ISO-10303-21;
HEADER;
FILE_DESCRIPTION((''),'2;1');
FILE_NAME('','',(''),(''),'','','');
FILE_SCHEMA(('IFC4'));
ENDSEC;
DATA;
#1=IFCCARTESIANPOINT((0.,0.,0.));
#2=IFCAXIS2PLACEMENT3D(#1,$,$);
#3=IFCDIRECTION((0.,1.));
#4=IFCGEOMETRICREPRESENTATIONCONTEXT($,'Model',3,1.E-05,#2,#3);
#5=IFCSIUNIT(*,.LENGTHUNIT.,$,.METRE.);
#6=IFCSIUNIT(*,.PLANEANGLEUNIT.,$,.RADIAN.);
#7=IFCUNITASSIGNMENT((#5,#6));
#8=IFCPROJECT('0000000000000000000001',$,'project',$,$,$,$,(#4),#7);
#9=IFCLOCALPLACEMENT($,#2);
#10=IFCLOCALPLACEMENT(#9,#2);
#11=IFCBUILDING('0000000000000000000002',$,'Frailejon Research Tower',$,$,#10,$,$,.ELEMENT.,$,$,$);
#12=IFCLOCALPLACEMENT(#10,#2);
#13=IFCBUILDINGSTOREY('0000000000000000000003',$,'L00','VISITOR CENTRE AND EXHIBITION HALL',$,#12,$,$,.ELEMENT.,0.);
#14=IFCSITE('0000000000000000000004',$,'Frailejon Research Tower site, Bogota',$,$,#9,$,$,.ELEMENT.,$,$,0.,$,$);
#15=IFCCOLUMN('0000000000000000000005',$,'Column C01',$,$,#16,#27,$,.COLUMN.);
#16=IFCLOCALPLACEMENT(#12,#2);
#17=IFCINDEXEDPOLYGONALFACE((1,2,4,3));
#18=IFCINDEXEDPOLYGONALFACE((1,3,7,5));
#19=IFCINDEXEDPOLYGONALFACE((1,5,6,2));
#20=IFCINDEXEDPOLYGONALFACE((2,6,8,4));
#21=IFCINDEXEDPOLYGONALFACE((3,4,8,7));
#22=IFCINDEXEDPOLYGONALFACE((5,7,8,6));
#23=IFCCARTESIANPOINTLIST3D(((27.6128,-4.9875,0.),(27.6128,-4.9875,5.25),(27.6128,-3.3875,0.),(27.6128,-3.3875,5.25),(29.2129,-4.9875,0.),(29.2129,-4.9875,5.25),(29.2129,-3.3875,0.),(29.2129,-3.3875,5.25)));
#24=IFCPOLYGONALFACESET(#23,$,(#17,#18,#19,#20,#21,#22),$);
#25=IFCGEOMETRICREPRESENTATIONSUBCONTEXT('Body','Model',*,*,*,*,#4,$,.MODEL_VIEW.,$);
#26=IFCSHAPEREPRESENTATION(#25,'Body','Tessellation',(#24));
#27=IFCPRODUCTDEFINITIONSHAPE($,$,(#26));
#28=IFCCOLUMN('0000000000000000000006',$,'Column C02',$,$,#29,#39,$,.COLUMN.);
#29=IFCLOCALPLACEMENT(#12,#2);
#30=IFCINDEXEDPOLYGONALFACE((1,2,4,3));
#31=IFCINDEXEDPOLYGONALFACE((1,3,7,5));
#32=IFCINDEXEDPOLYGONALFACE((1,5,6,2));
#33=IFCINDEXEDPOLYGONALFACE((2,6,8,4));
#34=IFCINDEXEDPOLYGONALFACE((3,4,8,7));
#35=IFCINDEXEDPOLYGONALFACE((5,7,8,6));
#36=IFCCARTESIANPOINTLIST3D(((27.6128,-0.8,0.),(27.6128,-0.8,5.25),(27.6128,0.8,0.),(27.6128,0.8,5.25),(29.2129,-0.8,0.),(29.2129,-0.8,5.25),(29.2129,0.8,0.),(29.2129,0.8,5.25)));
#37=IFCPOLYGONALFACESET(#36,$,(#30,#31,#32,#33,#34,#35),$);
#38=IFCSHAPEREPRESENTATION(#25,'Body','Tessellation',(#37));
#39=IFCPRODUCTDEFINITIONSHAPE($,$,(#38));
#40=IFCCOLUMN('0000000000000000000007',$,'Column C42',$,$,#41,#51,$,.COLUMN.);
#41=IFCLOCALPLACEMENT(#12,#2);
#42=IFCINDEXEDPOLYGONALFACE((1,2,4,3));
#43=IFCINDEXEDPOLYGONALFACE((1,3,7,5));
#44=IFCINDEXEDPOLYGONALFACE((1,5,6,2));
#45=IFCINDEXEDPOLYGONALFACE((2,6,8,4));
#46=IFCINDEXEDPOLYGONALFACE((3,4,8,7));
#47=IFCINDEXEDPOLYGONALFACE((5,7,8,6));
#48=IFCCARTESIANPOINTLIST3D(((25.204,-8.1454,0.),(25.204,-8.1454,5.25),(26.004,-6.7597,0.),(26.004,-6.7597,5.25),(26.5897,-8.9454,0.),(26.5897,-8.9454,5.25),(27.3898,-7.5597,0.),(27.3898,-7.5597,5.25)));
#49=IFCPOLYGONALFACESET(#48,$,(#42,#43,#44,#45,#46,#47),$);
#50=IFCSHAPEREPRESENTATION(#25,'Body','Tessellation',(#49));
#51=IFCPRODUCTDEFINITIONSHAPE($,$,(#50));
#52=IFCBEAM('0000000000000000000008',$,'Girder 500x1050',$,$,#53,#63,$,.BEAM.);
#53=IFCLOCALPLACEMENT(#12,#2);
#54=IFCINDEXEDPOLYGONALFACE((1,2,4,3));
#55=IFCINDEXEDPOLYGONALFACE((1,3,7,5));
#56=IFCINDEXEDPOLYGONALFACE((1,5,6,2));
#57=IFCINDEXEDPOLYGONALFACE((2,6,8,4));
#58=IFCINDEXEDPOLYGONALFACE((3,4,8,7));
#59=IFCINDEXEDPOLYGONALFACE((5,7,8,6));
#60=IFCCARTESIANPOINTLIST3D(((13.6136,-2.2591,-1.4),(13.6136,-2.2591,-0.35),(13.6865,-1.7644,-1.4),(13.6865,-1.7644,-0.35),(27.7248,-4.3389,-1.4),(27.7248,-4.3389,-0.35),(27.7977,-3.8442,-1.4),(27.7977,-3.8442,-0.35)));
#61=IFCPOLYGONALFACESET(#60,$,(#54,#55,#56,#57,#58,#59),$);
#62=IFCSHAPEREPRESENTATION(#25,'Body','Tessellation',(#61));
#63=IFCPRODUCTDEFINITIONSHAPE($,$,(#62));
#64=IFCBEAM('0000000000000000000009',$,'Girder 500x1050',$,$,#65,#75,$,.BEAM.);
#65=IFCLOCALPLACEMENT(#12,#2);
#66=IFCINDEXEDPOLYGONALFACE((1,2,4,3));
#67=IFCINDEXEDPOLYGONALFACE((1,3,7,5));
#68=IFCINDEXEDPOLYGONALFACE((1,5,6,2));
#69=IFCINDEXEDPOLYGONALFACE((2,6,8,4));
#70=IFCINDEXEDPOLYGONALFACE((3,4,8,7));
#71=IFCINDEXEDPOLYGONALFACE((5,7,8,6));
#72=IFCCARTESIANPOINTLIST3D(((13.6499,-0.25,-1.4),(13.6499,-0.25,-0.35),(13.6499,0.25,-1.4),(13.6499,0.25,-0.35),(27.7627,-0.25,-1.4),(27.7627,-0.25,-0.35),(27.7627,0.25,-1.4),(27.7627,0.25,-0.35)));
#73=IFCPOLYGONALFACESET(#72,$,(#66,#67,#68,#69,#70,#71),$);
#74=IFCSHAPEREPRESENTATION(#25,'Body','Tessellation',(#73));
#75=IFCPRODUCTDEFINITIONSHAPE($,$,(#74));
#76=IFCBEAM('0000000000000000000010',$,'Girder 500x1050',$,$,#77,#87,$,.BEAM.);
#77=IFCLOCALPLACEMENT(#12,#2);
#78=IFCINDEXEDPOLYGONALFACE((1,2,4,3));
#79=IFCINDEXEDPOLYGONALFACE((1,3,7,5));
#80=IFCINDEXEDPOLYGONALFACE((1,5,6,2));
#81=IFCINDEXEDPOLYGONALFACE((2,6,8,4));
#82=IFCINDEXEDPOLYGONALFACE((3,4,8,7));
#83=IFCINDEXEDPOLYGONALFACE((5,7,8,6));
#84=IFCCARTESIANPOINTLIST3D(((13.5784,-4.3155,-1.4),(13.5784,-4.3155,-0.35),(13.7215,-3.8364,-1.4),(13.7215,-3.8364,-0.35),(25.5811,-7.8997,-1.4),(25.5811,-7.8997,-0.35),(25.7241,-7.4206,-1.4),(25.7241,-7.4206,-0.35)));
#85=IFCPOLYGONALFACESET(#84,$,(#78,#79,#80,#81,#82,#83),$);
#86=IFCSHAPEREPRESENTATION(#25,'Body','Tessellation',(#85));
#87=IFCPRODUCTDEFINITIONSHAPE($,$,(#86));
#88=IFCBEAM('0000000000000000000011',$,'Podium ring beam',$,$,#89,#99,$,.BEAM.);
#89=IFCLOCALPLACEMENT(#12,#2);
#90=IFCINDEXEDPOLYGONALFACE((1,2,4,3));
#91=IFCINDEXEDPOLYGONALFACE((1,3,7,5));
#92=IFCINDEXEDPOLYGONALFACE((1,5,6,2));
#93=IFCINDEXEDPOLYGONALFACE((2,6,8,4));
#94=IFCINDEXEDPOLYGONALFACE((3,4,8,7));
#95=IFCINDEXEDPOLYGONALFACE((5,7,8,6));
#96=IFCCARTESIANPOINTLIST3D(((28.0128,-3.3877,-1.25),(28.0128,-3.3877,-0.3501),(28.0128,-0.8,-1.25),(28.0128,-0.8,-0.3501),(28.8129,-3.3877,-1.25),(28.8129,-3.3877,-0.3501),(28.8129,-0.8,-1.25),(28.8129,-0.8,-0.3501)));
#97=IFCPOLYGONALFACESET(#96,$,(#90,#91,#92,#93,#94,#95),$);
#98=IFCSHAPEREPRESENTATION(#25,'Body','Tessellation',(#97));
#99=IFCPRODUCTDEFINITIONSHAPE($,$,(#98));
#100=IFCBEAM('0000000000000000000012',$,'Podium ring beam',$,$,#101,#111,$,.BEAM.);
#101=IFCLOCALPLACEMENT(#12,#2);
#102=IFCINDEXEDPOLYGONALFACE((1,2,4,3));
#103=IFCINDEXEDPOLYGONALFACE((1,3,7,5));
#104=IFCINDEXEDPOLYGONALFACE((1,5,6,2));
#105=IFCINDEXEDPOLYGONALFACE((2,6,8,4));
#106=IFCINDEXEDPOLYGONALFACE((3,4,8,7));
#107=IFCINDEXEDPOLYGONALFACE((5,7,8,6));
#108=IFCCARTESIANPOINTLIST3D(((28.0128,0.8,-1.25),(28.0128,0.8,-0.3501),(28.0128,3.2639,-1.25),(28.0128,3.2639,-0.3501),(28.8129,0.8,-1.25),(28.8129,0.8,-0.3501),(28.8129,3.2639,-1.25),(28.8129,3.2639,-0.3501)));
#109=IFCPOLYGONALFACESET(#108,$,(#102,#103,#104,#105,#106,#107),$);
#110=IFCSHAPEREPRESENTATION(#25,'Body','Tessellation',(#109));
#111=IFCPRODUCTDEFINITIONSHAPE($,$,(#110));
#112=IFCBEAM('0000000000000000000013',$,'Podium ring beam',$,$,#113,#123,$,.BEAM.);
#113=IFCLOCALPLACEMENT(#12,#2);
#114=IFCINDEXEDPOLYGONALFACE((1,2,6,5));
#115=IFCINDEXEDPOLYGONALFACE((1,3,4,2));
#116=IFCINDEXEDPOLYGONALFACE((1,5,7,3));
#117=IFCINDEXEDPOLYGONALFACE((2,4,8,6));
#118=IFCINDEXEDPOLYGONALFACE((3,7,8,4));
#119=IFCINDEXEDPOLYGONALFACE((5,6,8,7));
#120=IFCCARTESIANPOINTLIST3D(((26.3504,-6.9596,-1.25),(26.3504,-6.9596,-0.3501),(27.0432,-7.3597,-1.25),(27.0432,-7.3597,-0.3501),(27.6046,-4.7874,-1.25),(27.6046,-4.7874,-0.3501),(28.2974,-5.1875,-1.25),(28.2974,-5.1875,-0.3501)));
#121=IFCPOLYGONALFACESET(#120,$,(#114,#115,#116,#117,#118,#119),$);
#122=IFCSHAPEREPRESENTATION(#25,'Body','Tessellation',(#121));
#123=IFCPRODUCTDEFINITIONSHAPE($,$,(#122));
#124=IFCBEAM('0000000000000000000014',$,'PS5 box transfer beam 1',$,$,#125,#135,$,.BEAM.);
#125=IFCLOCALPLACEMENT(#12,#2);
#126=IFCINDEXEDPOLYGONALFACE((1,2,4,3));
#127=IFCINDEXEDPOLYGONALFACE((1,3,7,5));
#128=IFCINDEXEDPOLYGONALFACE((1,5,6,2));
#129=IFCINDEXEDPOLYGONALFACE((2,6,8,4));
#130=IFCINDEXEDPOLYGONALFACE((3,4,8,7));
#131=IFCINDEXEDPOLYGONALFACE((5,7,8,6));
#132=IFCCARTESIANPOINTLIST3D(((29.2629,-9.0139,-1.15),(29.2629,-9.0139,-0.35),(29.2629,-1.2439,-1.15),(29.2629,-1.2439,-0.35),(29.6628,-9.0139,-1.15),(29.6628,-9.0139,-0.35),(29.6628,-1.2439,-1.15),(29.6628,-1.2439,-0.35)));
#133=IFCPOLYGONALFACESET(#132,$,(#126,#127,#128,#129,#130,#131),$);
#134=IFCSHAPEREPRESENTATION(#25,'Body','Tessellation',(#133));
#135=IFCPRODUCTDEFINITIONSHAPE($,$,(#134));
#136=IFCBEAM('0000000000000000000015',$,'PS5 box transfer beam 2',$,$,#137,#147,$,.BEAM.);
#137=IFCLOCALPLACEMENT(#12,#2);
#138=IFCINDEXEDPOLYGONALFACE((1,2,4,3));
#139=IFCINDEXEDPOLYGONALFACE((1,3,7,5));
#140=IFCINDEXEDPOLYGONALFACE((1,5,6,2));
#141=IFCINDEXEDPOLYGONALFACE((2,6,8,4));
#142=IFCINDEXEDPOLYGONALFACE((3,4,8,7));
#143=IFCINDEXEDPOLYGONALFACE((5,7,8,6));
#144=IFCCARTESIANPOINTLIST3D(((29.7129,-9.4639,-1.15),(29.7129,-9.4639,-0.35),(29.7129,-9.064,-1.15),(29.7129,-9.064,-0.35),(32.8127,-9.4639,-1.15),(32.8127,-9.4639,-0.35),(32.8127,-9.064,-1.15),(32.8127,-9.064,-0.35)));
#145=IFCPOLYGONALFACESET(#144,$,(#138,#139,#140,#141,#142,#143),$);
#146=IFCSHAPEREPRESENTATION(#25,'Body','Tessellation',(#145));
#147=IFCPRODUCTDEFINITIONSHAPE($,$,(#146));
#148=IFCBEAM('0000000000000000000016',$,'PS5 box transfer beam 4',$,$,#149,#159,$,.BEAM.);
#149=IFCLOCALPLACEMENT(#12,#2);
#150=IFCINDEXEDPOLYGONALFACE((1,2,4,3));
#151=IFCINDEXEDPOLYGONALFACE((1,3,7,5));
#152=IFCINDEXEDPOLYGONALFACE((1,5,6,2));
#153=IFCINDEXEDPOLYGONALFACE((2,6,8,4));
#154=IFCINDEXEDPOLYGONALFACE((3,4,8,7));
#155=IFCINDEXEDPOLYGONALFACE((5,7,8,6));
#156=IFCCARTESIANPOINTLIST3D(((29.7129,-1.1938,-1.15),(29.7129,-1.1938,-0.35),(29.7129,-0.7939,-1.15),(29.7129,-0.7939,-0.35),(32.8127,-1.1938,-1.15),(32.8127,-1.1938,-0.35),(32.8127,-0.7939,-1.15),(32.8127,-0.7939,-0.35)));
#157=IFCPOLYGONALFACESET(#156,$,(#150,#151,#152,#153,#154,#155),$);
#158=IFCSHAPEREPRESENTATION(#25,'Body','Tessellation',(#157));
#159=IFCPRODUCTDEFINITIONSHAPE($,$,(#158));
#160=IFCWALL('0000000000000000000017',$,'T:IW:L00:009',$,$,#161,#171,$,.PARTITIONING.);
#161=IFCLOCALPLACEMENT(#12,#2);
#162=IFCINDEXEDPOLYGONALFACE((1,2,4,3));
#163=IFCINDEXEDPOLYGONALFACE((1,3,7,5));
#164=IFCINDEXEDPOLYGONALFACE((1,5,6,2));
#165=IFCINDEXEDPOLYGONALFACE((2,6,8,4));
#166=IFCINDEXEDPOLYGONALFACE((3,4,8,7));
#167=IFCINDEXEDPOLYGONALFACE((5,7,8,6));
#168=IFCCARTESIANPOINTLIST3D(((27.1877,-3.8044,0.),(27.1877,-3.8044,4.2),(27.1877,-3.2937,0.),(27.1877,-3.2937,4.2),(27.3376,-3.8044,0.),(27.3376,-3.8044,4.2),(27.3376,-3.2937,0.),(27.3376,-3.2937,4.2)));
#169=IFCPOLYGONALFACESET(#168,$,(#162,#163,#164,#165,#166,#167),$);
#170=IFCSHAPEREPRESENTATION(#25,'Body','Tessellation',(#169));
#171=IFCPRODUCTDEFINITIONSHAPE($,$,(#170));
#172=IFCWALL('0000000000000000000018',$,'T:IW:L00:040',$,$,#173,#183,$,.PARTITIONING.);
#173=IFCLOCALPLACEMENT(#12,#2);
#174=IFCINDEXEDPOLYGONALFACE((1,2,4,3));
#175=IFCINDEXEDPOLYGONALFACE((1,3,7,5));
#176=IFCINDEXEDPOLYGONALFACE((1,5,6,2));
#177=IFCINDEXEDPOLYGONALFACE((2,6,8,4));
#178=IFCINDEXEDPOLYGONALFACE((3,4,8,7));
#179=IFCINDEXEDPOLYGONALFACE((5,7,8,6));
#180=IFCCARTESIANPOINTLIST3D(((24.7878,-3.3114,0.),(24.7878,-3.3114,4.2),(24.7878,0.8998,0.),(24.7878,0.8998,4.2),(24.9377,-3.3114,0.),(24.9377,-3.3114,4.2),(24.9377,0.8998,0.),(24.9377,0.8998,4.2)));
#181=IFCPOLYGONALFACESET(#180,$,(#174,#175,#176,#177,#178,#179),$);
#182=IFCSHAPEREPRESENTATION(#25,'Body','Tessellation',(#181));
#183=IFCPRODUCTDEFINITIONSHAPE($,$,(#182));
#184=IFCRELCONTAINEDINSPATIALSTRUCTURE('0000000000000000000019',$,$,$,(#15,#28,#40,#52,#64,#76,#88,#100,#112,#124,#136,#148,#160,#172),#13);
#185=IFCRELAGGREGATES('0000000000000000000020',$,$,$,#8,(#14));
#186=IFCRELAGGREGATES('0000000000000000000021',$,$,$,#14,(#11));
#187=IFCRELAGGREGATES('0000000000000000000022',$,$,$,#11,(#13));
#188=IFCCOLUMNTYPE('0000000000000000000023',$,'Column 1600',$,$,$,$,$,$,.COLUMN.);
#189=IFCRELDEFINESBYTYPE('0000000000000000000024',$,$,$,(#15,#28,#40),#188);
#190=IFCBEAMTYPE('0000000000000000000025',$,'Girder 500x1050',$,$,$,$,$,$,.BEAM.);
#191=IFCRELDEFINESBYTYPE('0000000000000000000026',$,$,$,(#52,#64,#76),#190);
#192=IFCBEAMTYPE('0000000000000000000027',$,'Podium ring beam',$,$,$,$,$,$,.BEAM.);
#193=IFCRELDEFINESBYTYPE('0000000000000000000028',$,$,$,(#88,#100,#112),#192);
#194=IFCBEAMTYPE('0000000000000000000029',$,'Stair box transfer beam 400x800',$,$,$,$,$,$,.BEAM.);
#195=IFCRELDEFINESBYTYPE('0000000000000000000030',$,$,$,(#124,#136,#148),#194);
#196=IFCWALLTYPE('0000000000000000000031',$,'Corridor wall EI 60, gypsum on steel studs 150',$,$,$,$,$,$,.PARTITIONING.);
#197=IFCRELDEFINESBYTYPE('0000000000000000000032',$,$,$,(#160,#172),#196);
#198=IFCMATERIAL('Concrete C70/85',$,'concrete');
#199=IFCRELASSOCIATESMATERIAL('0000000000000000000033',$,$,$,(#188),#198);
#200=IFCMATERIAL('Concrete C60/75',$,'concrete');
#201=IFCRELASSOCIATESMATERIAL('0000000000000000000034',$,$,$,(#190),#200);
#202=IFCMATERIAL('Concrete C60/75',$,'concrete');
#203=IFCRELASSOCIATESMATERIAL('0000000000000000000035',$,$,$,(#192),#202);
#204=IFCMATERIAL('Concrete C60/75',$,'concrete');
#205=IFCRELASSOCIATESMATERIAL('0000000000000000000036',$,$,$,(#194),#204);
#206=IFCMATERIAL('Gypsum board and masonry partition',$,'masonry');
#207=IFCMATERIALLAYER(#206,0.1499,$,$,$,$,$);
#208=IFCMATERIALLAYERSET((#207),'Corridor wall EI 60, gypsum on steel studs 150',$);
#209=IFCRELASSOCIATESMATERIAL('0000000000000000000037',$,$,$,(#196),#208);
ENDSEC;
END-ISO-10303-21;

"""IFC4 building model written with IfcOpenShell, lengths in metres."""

from ifc_helpers import new_model, si_unit, direction, frame, frame_2d, origin, origin_2d, place, context, subcontext, project, spatial, rectangle, extrude, material, layer, layer_set, material_profile, profile_set, type_object, element, save


model = new_model("IFC4")

# Units and contexts
model_context = context("Model", 3, precision=1e-05, world=origin(), true_north=direction((0.0, 1.0)))
body_context = subcontext(model_context, "Body", "Model", "MODEL_VIEW")
ifc_project = project(units=[si_unit("LENGTHUNIT", "METRE"), si_unit("PLANEANGLEUNIT", "RADIAN")], contexts=[model_context])

# Site, building, storey
site_placement = place(None, origin())
site = spatial("IfcSite", under=ifc_project, at=site_placement, Name="Frailejon Research Tower site, Bogota", CompositionType="ELEMENT", RefElevation=0.0)
building_placement = place(site_placement, origin())
building = spatial("IfcBuilding", under=site, at=building_placement, Name="Frailejon Research Tower", CompositionType="ELEMENT")
storey_placement = place(building_placement, origin())
storey = spatial("IfcBuildingStorey", under=building, at=storey_placement, Name="L00", Description="VISITOR CENTRE AND EXHIBITION HALL", CompositionType="ELEMENT", Elevation=0.0)

# Columns
ifc_material_1 = material(Name="Concrete C70/85", Category="concrete")
ifc_material_profile_1 = material_profile(ifc_material_1, rectangle(XDim=1.6001, YDim=1.6001, at=origin_2d()), Name="Column 1600")
ifc_profile_set_1 = profile_set([ifc_material_profile_1], Name="Concrete C70/85")
column_type = type_object("IfcColumnType", Name="Column 1600", PredefinedType="COLUMN", material=ifc_profile_set_1)
for number, where, z_axis, x_axis, name in (
    (1, (28.4128, -4.1875, 0.0), (0.0, 0.0, 1.0), (0.0, 1.0, 0.0), "Column C01"),
    (2, (28.4128, 0.0, 0.0), (0.0, 0.0, 1.0), (0.0, 1.0, 0.0), "Column C02"),
    (3, (26.2969, -7.8525, 0.0), (0.0, 0.0, 1.0), (0.5, 0.866025, 0.0), "Column C42"),
):
    element("IfcColumn", number, at=place(storey_placement, frame(where, z_axis=z_axis, x_axis=x_axis)), inside=storey, type_object=column_type, Name=name, PredefinedType="COLUMN", context=body_context, shape_type="SweptSolid", body=[
        extrude(rectangle(XDim=1.6001, YDim=1.6001, at=origin_2d()), origin(), (0.0, 0.0, 1.0), 5.25),
    ])

# Beams
ifc_material_2 = material(Name="Concrete C60/75", Category="concrete")
ifc_material_profile_2 = material_profile(ifc_material_2, rectangle(XDim=0.5, YDim=1.05, at=origin_2d()), Name="Girder 500x1050")
ifc_profile_set_2 = profile_set([ifc_material_profile_2], Name="Concrete C60/75")
beam_type_1 = type_object("IfcBeamType", Name="Girder 500x1050", PredefinedType="BEAM", material=ifc_profile_set_2)
beam_1_placement = place(storey_placement, frame((27.7612, -4.0916, -0.875), z_axis=(-0.989312, 0.145812, 0.0), x_axis=(-0.145812, -0.989312, 0.0)))
element("IfcBeam", 4, at=beam_1_placement, inside=storey, type_object=beam_type_1, Name="Girder 500x1050", PredefinedType="BEAM", context=body_context, shape_type="SweptSolid", body=[
    extrude(rectangle(XDim=0.5, YDim=1.05, at=origin_2d()), origin(), (0.0, 0.0, 1.0), 14.2637),
])
beam_2_placement = place(storey_placement, frame((27.7627, 0.0, -0.875), z_axis=(-1.0, 0.0, 0.0), x_axis=(0.0, -1.0, 0.0)))
element("IfcBeam", 5, at=beam_2_placement, inside=storey, type_object=beam_type_1, Name="Girder 500x1050", PredefinedType="BEAM", context=body_context, shape_type="SweptSolid", body=[
    extrude(rectangle(XDim=0.5, YDim=1.05, at=origin_2d()), origin(), (0.0, 0.0, 1.0), 14.1128),
])
beam_3_placement = place(storey_placement, frame((25.6526, -7.6602, -0.875), z_axis=(-0.95819, 0.286134, 0.0), x_axis=(-0.286134, -0.95819, 0.0)))
element("IfcBeam", 6, at=beam_3_placement, inside=storey, type_object=beam_type_1, Name="Girder 500x1050", PredefinedType="BEAM", context=body_context, shape_type="SweptSolid", body=[
    extrude(rectangle(XDim=0.5, YDim=1.05, at=origin_2d()), origin(), (0.0, 0.0, 1.0), 12.5264),
])
ifc_material_3 = material(Name="Concrete C60/75", Category="concrete")
ifc_material_profile_3 = material_profile(ifc_material_3, rectangle(XDim=0.8, YDim=0.8999, at=origin_2d()), Name="Podium ring beam")
ifc_profile_set_3 = profile_set([ifc_material_profile_3], Name="Concrete C60/75")
beam_type_2 = type_object("IfcBeamType", Name="Podium ring beam", PredefinedType="BEAM", material=ifc_profile_set_3)
beam_4_placement = place(storey_placement, frame((28.4128, -3.3877, -0.8), z_axis=(0.0, 1.0, 0.0), x_axis=(-1.0, 0.0, 0.0)))
element("IfcBeam", 7, at=beam_4_placement, inside=storey, type_object=beam_type_2, Name="Podium ring beam", PredefinedType="BEAM", context=body_context, shape_type="SweptSolid", body=[
    extrude(rectangle(XDim=0.8, YDim=0.8999, at=origin_2d()), origin(), (0.0, 0.0, 1.0), 2.5876),
])
beam_5_placement = place(storey_placement, frame((28.4128, 0.8, -0.8), z_axis=(0.0, 1.0, 0.0), x_axis=(-1.0, 0.0, 0.0)))
element("IfcBeam", 8, at=beam_5_placement, inside=storey, type_object=beam_type_2, Name="Podium ring beam", PredefinedType="BEAM", context=body_context, shape_type="SweptSolid", body=[
    extrude(rectangle(XDim=0.8, YDim=0.8999, at=origin_2d()), origin(), (0.0, 0.0, 1.0), 2.4639),
])
beam_6_placement = place(storey_placement, frame((26.6968, -7.1597, -0.8), z_axis=(0.500023, 0.866012, 0.0), x_axis=(-0.866012, 0.500023, 0.0)))
element("IfcBeam", 9, at=beam_6_placement, inside=storey, type_object=beam_type_2, Name="Podium ring beam", PredefinedType="BEAM", context=body_context, shape_type="SweptSolid", body=[
    extrude(rectangle(XDim=0.8, YDim=0.8999, at=origin_2d()), origin(), (0.0, 0.0, 1.0), 2.5083),
])
ifc_material_4 = material(Name="Concrete C60/75", Category="concrete")
ifc_material_profile_4 = material_profile(ifc_material_4, rectangle(XDim=0.3999, YDim=0.8, at=origin_2d()), Name="Stair box transfer beam 400x800")
ifc_profile_set_4 = profile_set([ifc_material_profile_4], Name="Concrete C60/75")
beam_type_3 = type_object("IfcBeamType", Name="Stair box transfer beam 400x800", PredefinedType="BEAM", material=ifc_profile_set_4)
beam_7_placement = place(storey_placement, frame((29.4629, -1.2439, -0.75), z_axis=(0.0, -1.0, 0.0), x_axis=(1.0, 0.0, 0.0)))
element("IfcBeam", 10, at=beam_7_placement, inside=storey, type_object=beam_type_3, Name="PS5 box transfer beam 1", PredefinedType="BEAM", context=body_context, shape_type="SweptSolid", body=[
    extrude(rectangle(XDim=0.3999, YDim=0.8, at=origin_2d()), origin(), (0.0, 0.0, 1.0), 7.77),
])
for number, where, z_axis, x_axis, name in (
    (11, (29.7129, -9.2639, -0.75), (1.0, 0.0, 0.0), (0.0, 1.0, 0.0), "PS5 box transfer beam 2"),
    (12, (32.8127, -0.9939, -0.75), (-1.0, 0.0, 0.0), (0.0, -1.0, 0.0), "PS5 box transfer beam 4"),
):
    element("IfcBeam", number, at=place(storey_placement, frame(where, z_axis=z_axis, x_axis=x_axis)), inside=storey, type_object=beam_type_3, Name=name, PredefinedType="BEAM", context=body_context, shape_type="SweptSolid", body=[
        extrude(rectangle(XDim=0.3999, YDim=0.8, at=origin_2d()), origin(), (0.0, 0.0, 1.0), 3.0999),
    ])

# Walls
ifc_material_5 = material(Name="Gypsum board and masonry partition", Category="masonry")
ifc_layer_1 = layer(ifc_material_5, 0.1499)
ifc_layer_set_1 = layer_set([ifc_layer_1], Name="Corridor wall EI 60, gypsum on steel studs 150")
wall_type_1 = type_object("IfcWallType", Name="Corridor wall EI 60, gypsum on steel studs 150", PredefinedType="PARTITIONING", material=ifc_layer_set_1)
wall_1_placement = place(storey_placement, frame((27.2627, -3.8044, 0.0), z_axis=(0.0, 0.0, 1.0), x_axis=(0.0, 1.0, 0.0)))
element("IfcWall", 13, at=wall_1_placement, inside=storey, type_object=wall_type_1, Name="T:IW:L00:009", PredefinedType="PARTITIONING", context=body_context, shape_type="SweptSolid", body=[
    extrude(rectangle(XDim=0.5107, YDim=0.1499, at=frame_2d((0.2554, 0.0))), origin(), (0.0, 0.0, 1.0), 4.2),
])
wall_2_placement = place(storey_placement, frame((24.8628, -3.3113, 0.0), z_axis=(0.0, 0.0, 1.0), x_axis=(0.0, 1.0, 0.0)))
element("IfcWall", 14, at=wall_2_placement, inside=storey, type_object=wall_type_1, Name="T:IW:L00:040", PredefinedType="PARTITIONING", context=body_context, shape_type="SweptSolid", body=[
    extrude(rectangle(XDim=4.2112, YDim=0.1499, at=frame_2d((2.1055, 0.0))), origin(), (0.0, 0.0, 1.0), 4.2),
])

save(model, "model.ifc")
